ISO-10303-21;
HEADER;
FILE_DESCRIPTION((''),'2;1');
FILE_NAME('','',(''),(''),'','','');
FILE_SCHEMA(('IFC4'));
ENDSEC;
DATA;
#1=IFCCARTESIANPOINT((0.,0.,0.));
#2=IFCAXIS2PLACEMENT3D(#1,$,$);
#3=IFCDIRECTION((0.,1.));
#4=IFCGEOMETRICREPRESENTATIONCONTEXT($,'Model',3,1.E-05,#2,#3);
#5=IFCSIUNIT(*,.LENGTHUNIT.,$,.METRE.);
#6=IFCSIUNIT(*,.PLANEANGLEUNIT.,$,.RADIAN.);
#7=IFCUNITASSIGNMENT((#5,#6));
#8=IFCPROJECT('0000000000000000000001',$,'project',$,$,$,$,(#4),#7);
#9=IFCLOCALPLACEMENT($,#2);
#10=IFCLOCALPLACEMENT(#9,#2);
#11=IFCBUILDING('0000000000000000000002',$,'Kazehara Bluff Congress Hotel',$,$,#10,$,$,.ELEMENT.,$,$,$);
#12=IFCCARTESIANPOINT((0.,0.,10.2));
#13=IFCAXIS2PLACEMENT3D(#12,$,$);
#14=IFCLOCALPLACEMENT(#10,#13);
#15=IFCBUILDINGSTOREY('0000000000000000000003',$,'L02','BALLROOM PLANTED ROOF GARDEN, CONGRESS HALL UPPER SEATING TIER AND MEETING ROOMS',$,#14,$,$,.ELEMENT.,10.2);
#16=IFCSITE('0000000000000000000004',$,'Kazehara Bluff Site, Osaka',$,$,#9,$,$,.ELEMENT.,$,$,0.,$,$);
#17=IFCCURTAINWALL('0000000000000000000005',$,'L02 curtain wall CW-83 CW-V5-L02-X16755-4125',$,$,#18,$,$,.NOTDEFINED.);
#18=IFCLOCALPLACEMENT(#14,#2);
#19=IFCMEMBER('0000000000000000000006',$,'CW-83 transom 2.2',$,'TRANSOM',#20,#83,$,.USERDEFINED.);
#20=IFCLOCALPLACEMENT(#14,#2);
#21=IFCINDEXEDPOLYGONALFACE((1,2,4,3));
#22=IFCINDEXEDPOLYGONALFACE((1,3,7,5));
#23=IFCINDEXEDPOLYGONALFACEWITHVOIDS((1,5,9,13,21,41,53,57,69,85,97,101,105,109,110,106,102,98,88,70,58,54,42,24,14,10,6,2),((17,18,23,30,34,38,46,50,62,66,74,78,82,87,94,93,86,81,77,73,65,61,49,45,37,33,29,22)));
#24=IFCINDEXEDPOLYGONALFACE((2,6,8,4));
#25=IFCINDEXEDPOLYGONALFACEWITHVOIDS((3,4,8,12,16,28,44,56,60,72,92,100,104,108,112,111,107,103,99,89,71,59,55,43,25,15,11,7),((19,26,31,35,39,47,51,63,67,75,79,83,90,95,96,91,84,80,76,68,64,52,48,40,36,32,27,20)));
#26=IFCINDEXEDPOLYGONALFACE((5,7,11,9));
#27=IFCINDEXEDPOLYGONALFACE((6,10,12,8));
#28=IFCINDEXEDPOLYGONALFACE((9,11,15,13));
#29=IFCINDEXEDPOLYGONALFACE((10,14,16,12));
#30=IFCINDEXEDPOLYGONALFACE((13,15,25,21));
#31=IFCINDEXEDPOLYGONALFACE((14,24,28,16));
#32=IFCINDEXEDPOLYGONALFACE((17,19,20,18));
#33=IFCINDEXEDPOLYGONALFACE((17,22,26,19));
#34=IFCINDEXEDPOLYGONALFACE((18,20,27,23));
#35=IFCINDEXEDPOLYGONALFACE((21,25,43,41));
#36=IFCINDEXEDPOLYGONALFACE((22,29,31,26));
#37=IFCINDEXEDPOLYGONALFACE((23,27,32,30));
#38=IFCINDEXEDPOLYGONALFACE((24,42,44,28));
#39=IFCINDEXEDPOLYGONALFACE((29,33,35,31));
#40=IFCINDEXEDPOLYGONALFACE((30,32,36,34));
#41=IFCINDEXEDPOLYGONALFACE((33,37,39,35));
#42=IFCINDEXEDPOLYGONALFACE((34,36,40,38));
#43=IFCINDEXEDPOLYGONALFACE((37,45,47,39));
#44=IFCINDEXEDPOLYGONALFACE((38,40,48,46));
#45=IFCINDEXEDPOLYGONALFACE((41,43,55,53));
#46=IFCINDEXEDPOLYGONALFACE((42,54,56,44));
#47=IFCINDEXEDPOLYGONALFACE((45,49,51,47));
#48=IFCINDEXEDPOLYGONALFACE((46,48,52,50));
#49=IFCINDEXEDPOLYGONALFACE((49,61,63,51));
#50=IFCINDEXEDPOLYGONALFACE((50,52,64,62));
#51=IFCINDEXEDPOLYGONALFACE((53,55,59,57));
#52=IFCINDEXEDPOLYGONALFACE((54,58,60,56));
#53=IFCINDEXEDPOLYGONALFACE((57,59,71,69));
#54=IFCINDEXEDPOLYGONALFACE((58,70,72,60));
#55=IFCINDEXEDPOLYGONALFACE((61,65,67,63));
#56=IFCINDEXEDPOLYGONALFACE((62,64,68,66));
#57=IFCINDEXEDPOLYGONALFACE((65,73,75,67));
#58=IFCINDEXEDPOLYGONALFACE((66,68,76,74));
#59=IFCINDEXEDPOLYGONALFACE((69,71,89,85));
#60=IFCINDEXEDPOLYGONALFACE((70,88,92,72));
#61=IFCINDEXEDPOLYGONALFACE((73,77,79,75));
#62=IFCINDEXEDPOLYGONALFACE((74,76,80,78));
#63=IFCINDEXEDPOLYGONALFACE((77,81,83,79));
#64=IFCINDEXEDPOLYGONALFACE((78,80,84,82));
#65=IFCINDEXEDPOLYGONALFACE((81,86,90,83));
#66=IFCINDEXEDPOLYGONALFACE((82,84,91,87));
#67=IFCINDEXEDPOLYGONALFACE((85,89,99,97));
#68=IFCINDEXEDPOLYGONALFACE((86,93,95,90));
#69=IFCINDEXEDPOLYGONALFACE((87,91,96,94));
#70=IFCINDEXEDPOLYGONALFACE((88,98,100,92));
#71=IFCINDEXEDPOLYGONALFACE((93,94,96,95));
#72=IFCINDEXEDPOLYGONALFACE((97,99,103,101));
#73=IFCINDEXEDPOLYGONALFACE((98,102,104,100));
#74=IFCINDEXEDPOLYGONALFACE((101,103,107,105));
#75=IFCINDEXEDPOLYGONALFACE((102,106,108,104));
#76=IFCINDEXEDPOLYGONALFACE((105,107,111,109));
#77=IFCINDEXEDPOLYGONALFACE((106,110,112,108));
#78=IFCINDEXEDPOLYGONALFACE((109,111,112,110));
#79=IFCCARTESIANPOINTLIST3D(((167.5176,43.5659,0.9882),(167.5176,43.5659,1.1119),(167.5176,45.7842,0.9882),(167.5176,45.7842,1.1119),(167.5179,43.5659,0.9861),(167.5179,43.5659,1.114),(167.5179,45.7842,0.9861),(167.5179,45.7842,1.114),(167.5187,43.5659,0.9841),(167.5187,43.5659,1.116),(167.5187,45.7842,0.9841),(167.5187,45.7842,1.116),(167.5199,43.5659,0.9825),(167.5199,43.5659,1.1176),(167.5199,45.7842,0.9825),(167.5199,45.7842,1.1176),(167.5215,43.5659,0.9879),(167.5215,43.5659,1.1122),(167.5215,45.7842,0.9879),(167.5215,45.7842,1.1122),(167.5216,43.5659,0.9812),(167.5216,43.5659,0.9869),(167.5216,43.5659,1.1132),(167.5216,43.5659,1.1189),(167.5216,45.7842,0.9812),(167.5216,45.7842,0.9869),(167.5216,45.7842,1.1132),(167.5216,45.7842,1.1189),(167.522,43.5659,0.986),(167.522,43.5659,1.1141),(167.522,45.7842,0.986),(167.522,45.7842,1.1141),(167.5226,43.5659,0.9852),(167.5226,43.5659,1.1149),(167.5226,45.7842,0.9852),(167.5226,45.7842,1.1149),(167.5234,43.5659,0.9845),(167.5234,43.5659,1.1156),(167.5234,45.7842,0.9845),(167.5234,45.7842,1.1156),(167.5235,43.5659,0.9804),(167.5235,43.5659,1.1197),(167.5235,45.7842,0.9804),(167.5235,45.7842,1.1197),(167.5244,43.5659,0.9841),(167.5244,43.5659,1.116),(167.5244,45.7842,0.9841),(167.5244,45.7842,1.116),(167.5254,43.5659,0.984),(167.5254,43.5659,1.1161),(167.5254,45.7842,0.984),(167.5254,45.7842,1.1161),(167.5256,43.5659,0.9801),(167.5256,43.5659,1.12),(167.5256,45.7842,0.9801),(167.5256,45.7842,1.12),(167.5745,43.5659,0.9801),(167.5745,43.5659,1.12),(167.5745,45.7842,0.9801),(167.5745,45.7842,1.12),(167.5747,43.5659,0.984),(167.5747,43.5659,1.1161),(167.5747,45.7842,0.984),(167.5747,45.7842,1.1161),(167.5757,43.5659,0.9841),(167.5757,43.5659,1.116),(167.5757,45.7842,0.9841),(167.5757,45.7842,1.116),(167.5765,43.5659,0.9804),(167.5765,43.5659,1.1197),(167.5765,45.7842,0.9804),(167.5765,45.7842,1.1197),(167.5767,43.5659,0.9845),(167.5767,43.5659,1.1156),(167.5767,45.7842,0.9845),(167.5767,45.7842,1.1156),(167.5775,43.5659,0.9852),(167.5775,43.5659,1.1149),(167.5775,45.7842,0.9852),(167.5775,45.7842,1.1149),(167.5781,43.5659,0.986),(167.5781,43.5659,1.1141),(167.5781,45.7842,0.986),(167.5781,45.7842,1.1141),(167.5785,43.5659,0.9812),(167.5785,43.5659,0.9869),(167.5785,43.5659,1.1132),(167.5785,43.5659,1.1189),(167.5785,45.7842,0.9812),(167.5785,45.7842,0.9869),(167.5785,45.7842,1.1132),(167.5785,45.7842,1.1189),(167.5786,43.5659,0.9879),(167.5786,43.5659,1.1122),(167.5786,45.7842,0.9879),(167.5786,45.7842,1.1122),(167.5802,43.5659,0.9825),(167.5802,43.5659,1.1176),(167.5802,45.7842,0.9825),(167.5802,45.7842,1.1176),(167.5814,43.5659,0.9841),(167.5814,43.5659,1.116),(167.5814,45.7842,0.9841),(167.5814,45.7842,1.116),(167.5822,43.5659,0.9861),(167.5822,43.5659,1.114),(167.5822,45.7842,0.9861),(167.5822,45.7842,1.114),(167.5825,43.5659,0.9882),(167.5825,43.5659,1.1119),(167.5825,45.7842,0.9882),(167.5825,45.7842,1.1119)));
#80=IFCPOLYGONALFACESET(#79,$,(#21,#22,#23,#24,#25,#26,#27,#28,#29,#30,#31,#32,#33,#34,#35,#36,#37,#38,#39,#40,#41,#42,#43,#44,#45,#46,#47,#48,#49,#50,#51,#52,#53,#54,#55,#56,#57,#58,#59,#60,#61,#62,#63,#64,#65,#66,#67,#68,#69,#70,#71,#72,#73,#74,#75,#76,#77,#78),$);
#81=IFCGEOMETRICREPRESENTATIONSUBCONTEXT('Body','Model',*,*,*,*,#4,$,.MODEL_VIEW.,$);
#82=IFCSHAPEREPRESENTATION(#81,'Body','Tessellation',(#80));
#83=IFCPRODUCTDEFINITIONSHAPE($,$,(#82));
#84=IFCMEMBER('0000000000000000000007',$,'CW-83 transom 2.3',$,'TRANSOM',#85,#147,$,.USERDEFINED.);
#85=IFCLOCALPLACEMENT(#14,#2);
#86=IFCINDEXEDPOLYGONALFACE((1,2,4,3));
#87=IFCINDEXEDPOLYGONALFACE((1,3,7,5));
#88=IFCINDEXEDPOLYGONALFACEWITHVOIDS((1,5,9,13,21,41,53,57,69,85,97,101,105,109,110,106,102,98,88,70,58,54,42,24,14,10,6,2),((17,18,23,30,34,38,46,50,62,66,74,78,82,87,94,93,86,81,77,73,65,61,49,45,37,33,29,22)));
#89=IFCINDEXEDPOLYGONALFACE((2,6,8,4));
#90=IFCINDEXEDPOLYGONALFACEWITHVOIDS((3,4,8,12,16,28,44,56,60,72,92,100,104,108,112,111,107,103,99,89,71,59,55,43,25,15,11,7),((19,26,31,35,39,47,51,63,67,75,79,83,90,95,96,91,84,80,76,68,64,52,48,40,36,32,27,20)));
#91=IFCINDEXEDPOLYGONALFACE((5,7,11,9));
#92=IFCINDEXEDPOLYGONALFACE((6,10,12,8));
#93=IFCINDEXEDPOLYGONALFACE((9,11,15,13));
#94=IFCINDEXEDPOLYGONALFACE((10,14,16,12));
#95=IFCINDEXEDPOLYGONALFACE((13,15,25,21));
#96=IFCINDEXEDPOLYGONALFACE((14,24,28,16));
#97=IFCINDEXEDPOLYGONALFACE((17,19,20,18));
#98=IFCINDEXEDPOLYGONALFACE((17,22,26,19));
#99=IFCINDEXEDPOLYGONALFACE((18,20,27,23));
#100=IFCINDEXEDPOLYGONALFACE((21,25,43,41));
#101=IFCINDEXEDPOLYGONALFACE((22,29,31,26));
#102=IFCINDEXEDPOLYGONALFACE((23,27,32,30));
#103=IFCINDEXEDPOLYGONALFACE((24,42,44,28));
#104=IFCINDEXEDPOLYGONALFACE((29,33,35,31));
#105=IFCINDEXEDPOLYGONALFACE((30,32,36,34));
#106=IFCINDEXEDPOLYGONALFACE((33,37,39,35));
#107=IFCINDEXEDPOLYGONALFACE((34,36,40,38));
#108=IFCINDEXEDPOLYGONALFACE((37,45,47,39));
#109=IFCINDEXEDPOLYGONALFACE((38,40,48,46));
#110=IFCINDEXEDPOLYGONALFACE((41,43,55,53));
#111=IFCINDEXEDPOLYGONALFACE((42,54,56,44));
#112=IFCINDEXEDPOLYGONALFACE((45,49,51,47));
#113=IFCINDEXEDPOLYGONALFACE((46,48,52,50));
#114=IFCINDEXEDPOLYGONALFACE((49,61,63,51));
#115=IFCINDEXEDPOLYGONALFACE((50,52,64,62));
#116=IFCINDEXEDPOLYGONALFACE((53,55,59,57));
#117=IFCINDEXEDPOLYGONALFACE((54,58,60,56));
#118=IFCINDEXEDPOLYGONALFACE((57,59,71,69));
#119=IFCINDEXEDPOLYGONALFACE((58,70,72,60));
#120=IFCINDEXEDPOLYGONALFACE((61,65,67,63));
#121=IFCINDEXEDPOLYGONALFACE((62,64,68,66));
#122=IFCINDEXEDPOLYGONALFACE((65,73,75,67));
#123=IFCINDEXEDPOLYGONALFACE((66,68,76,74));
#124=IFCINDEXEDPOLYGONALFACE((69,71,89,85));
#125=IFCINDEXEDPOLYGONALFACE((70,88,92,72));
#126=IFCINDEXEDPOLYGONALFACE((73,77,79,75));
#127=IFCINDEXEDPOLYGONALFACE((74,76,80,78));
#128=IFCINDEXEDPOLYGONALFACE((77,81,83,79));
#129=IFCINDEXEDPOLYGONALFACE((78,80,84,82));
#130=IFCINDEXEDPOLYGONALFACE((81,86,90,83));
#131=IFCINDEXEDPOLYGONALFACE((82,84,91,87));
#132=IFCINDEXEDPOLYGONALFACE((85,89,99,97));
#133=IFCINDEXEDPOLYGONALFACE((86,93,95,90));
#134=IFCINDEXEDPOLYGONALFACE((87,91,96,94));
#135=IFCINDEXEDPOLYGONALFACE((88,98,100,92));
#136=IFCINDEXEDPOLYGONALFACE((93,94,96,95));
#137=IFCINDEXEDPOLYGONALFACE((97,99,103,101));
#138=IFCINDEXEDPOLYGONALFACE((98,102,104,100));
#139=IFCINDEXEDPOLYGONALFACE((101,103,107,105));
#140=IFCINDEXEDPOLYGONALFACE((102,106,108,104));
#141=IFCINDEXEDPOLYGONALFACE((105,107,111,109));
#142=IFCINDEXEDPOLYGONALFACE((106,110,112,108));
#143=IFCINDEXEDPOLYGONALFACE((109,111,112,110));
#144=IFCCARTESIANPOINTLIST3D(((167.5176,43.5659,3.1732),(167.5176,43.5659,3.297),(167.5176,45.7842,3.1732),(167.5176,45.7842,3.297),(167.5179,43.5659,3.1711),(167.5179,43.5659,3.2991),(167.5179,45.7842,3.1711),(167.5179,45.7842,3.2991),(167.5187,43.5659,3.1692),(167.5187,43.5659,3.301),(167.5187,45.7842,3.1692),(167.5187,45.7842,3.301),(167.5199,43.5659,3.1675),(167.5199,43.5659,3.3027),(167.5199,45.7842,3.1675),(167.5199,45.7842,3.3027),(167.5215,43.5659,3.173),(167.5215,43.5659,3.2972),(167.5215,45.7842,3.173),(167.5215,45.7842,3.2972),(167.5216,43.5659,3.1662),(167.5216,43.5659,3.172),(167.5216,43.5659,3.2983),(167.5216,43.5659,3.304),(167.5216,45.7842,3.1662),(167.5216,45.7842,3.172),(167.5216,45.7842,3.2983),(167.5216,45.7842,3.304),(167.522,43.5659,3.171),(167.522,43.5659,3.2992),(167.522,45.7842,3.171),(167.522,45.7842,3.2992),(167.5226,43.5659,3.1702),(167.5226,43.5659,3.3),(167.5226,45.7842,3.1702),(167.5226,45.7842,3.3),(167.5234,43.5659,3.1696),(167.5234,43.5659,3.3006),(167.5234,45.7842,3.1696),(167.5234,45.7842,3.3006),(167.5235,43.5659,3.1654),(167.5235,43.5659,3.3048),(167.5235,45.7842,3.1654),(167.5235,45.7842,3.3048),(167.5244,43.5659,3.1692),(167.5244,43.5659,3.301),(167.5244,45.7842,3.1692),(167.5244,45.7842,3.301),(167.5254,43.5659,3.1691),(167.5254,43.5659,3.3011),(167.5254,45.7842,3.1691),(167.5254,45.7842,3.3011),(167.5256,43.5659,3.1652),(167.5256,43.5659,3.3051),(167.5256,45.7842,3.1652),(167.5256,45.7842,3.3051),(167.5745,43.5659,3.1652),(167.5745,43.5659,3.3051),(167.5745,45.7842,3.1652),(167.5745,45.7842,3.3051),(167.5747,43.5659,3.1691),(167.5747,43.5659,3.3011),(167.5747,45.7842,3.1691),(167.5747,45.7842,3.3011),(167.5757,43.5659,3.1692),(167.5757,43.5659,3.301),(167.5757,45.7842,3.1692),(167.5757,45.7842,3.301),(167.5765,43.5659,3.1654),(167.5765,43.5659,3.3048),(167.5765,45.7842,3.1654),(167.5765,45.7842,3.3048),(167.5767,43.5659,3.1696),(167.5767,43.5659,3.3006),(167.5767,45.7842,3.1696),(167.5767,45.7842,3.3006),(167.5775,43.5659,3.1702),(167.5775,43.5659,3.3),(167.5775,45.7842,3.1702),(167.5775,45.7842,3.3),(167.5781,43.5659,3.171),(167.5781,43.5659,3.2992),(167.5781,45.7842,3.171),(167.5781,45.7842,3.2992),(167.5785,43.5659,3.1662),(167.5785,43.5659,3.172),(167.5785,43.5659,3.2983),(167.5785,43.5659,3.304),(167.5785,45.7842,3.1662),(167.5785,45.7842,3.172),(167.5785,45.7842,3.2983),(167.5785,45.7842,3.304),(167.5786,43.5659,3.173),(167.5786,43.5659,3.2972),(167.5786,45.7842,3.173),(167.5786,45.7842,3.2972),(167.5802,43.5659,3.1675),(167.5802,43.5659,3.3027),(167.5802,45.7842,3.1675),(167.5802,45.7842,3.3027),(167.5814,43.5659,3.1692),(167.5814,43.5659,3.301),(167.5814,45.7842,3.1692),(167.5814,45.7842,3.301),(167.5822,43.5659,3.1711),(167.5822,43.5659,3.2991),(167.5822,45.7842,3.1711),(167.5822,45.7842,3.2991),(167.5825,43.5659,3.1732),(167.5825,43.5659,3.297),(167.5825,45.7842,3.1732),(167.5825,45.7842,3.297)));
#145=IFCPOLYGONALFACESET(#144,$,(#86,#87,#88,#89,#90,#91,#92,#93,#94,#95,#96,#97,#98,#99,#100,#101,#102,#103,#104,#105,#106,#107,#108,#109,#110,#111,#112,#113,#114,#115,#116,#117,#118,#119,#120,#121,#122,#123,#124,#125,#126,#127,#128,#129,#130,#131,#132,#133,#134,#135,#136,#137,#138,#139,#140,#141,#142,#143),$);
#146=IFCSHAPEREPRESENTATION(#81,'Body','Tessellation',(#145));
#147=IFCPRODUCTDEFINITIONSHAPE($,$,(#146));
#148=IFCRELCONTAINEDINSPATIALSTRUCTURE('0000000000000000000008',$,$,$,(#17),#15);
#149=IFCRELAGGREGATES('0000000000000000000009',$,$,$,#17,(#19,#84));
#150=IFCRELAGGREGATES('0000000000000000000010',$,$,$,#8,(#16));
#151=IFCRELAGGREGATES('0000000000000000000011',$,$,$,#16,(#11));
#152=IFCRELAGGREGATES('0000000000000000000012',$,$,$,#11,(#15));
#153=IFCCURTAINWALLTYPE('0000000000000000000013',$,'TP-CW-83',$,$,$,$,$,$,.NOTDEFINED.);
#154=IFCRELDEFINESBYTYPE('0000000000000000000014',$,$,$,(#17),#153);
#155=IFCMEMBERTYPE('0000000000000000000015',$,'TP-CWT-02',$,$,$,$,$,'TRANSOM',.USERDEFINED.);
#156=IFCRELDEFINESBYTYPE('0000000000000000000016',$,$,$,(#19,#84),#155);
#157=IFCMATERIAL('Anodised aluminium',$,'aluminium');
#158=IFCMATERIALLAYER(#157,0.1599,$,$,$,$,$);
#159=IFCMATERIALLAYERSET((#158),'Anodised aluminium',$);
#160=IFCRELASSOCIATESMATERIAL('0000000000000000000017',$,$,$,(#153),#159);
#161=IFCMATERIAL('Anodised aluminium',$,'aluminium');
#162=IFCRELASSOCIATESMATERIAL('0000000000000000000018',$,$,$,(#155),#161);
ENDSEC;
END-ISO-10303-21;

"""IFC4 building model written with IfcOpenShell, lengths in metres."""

from ifc_helpers import new_model, si_unit, direction, frame, origin, origin_2d, place, context, subcontext, project, spatial, hollow_rectangle, extrude, material, layer, layer_set, material_profile, profile_set, type_object, element, aggregate, save


model = new_model("IFC4")

# Units and contexts
model_context = context("Model", 3, precision=1e-05, world=origin(), true_north=direction((0.0, 1.0)))
body_context = subcontext(model_context, "Body", "Model", "MODEL_VIEW")
ifc_project = project(units=[si_unit("LENGTHUNIT", "METRE"), si_unit("PLANEANGLEUNIT", "RADIAN")], contexts=[model_context])

# Site, building, storey
site_placement = place(None, origin())
site = spatial("IfcSite", under=ifc_project, at=site_placement, Name="Kazehara Bluff Site, Osaka", CompositionType="ELEMENT", RefElevation=0.0)
building_placement = place(site_placement, origin())
building = spatial("IfcBuilding", under=site, at=building_placement, Name="Kazehara Bluff Congress Hotel", CompositionType="ELEMENT")
storey_placement = place(building_placement, frame((0.0, 0.0, 10.2)))
storey = spatial("IfcBuildingStorey", under=building, at=storey_placement, Name="L02", Description="BALLROOM PLANTED ROOF GARDEN, CONGRESS HALL UPPER SEATING TIER AND MEETING ROOMS", CompositionType="ELEMENT", Elevation=10.2)

# Curtain wall
ifc_material_1 = material(Name="Anodised aluminium", Category="aluminium")
ifc_layer_1 = layer(ifc_material_1, 0.1599)
ifc_layer_set_1 = layer_set([ifc_layer_1], Name="Anodised aluminium")
curtain_wall_type_1 = type_object("IfcCurtainWallType", Name="TP-CW-83", PredefinedType="NOTDEFINED", material=ifc_layer_set_1)
curtain_wall_1_placement = place(storey_placement, origin())
curtain_wall_1 = element("IfcCurtainWall", 1, at=curtain_wall_1_placement, inside=storey, type_object=curtain_wall_type_1, Name="L02 curtain wall CW-83 CW-V5-L02-X16755-4125", PredefinedType="NOTDEFINED")

# Members
ifc_material_2 = material(Name="Anodised aluminium", Category="aluminium")
ifc_material_profile_1 = material_profile(ifc_material_2, hollow_rectangle(XDim=0.0649, YDim=0.1399, WallThickness=0.0039, InnerFilletRadius=0.0039, OuterFilletRadius=0.0081, at=origin_2d()))
ifc_profile_set_1 = profile_set([ifc_material_profile_1], Name="Anodised aluminium")
member_type_1 = type_object("IfcMemberType", Name="TP-CWT-02", ElementType="TRANSOM", PredefinedType="USERDEFINED", material=ifc_profile_set_1)
member_1_placement = place(storey_placement, frame((167.55, 43.5659, 1.05), z_axis=(0.0, 1.0, 0.0), x_axis=(-1.0, 0.0, 0.0)))
member_1 = element("IfcMember", 2, at=member_1_placement, type_object=member_type_1, Name="CW-83 transom 2.2", ObjectType="TRANSOM", PredefinedType="USERDEFINED", context=body_context, shape_type="SweptSolid", body=[
    extrude(hollow_rectangle(XDim=0.0649, YDim=0.1399, WallThickness=0.0039, InnerFilletRadius=0.0039, OuterFilletRadius=0.0081, at=origin_2d()), origin(), (0.0, 0.0, 1.0), 2.2183),
])
member_2_placement = place(storey_placement, frame((167.55, 43.5659, 3.2351), z_axis=(0.0, 1.0, 0.0), x_axis=(-1.0, 0.0, 0.0)))
member_2 = element("IfcMember", 3, at=member_2_placement, type_object=member_type_1, Name="CW-83 transom 2.3", ObjectType="TRANSOM", PredefinedType="USERDEFINED", context=body_context, shape_type="SweptSolid", body=[
    extrude(hollow_rectangle(XDim=0.0649, YDim=0.1399, WallThickness=0.0039, InnerFilletRadius=0.0039, OuterFilletRadius=0.0081, at=origin_2d()), origin(), (0.0, 0.0, 1.0), 2.2183),
])

aggregate(curtain_wall_1, [member_1, member_2])

save(model, "model.ifc")
